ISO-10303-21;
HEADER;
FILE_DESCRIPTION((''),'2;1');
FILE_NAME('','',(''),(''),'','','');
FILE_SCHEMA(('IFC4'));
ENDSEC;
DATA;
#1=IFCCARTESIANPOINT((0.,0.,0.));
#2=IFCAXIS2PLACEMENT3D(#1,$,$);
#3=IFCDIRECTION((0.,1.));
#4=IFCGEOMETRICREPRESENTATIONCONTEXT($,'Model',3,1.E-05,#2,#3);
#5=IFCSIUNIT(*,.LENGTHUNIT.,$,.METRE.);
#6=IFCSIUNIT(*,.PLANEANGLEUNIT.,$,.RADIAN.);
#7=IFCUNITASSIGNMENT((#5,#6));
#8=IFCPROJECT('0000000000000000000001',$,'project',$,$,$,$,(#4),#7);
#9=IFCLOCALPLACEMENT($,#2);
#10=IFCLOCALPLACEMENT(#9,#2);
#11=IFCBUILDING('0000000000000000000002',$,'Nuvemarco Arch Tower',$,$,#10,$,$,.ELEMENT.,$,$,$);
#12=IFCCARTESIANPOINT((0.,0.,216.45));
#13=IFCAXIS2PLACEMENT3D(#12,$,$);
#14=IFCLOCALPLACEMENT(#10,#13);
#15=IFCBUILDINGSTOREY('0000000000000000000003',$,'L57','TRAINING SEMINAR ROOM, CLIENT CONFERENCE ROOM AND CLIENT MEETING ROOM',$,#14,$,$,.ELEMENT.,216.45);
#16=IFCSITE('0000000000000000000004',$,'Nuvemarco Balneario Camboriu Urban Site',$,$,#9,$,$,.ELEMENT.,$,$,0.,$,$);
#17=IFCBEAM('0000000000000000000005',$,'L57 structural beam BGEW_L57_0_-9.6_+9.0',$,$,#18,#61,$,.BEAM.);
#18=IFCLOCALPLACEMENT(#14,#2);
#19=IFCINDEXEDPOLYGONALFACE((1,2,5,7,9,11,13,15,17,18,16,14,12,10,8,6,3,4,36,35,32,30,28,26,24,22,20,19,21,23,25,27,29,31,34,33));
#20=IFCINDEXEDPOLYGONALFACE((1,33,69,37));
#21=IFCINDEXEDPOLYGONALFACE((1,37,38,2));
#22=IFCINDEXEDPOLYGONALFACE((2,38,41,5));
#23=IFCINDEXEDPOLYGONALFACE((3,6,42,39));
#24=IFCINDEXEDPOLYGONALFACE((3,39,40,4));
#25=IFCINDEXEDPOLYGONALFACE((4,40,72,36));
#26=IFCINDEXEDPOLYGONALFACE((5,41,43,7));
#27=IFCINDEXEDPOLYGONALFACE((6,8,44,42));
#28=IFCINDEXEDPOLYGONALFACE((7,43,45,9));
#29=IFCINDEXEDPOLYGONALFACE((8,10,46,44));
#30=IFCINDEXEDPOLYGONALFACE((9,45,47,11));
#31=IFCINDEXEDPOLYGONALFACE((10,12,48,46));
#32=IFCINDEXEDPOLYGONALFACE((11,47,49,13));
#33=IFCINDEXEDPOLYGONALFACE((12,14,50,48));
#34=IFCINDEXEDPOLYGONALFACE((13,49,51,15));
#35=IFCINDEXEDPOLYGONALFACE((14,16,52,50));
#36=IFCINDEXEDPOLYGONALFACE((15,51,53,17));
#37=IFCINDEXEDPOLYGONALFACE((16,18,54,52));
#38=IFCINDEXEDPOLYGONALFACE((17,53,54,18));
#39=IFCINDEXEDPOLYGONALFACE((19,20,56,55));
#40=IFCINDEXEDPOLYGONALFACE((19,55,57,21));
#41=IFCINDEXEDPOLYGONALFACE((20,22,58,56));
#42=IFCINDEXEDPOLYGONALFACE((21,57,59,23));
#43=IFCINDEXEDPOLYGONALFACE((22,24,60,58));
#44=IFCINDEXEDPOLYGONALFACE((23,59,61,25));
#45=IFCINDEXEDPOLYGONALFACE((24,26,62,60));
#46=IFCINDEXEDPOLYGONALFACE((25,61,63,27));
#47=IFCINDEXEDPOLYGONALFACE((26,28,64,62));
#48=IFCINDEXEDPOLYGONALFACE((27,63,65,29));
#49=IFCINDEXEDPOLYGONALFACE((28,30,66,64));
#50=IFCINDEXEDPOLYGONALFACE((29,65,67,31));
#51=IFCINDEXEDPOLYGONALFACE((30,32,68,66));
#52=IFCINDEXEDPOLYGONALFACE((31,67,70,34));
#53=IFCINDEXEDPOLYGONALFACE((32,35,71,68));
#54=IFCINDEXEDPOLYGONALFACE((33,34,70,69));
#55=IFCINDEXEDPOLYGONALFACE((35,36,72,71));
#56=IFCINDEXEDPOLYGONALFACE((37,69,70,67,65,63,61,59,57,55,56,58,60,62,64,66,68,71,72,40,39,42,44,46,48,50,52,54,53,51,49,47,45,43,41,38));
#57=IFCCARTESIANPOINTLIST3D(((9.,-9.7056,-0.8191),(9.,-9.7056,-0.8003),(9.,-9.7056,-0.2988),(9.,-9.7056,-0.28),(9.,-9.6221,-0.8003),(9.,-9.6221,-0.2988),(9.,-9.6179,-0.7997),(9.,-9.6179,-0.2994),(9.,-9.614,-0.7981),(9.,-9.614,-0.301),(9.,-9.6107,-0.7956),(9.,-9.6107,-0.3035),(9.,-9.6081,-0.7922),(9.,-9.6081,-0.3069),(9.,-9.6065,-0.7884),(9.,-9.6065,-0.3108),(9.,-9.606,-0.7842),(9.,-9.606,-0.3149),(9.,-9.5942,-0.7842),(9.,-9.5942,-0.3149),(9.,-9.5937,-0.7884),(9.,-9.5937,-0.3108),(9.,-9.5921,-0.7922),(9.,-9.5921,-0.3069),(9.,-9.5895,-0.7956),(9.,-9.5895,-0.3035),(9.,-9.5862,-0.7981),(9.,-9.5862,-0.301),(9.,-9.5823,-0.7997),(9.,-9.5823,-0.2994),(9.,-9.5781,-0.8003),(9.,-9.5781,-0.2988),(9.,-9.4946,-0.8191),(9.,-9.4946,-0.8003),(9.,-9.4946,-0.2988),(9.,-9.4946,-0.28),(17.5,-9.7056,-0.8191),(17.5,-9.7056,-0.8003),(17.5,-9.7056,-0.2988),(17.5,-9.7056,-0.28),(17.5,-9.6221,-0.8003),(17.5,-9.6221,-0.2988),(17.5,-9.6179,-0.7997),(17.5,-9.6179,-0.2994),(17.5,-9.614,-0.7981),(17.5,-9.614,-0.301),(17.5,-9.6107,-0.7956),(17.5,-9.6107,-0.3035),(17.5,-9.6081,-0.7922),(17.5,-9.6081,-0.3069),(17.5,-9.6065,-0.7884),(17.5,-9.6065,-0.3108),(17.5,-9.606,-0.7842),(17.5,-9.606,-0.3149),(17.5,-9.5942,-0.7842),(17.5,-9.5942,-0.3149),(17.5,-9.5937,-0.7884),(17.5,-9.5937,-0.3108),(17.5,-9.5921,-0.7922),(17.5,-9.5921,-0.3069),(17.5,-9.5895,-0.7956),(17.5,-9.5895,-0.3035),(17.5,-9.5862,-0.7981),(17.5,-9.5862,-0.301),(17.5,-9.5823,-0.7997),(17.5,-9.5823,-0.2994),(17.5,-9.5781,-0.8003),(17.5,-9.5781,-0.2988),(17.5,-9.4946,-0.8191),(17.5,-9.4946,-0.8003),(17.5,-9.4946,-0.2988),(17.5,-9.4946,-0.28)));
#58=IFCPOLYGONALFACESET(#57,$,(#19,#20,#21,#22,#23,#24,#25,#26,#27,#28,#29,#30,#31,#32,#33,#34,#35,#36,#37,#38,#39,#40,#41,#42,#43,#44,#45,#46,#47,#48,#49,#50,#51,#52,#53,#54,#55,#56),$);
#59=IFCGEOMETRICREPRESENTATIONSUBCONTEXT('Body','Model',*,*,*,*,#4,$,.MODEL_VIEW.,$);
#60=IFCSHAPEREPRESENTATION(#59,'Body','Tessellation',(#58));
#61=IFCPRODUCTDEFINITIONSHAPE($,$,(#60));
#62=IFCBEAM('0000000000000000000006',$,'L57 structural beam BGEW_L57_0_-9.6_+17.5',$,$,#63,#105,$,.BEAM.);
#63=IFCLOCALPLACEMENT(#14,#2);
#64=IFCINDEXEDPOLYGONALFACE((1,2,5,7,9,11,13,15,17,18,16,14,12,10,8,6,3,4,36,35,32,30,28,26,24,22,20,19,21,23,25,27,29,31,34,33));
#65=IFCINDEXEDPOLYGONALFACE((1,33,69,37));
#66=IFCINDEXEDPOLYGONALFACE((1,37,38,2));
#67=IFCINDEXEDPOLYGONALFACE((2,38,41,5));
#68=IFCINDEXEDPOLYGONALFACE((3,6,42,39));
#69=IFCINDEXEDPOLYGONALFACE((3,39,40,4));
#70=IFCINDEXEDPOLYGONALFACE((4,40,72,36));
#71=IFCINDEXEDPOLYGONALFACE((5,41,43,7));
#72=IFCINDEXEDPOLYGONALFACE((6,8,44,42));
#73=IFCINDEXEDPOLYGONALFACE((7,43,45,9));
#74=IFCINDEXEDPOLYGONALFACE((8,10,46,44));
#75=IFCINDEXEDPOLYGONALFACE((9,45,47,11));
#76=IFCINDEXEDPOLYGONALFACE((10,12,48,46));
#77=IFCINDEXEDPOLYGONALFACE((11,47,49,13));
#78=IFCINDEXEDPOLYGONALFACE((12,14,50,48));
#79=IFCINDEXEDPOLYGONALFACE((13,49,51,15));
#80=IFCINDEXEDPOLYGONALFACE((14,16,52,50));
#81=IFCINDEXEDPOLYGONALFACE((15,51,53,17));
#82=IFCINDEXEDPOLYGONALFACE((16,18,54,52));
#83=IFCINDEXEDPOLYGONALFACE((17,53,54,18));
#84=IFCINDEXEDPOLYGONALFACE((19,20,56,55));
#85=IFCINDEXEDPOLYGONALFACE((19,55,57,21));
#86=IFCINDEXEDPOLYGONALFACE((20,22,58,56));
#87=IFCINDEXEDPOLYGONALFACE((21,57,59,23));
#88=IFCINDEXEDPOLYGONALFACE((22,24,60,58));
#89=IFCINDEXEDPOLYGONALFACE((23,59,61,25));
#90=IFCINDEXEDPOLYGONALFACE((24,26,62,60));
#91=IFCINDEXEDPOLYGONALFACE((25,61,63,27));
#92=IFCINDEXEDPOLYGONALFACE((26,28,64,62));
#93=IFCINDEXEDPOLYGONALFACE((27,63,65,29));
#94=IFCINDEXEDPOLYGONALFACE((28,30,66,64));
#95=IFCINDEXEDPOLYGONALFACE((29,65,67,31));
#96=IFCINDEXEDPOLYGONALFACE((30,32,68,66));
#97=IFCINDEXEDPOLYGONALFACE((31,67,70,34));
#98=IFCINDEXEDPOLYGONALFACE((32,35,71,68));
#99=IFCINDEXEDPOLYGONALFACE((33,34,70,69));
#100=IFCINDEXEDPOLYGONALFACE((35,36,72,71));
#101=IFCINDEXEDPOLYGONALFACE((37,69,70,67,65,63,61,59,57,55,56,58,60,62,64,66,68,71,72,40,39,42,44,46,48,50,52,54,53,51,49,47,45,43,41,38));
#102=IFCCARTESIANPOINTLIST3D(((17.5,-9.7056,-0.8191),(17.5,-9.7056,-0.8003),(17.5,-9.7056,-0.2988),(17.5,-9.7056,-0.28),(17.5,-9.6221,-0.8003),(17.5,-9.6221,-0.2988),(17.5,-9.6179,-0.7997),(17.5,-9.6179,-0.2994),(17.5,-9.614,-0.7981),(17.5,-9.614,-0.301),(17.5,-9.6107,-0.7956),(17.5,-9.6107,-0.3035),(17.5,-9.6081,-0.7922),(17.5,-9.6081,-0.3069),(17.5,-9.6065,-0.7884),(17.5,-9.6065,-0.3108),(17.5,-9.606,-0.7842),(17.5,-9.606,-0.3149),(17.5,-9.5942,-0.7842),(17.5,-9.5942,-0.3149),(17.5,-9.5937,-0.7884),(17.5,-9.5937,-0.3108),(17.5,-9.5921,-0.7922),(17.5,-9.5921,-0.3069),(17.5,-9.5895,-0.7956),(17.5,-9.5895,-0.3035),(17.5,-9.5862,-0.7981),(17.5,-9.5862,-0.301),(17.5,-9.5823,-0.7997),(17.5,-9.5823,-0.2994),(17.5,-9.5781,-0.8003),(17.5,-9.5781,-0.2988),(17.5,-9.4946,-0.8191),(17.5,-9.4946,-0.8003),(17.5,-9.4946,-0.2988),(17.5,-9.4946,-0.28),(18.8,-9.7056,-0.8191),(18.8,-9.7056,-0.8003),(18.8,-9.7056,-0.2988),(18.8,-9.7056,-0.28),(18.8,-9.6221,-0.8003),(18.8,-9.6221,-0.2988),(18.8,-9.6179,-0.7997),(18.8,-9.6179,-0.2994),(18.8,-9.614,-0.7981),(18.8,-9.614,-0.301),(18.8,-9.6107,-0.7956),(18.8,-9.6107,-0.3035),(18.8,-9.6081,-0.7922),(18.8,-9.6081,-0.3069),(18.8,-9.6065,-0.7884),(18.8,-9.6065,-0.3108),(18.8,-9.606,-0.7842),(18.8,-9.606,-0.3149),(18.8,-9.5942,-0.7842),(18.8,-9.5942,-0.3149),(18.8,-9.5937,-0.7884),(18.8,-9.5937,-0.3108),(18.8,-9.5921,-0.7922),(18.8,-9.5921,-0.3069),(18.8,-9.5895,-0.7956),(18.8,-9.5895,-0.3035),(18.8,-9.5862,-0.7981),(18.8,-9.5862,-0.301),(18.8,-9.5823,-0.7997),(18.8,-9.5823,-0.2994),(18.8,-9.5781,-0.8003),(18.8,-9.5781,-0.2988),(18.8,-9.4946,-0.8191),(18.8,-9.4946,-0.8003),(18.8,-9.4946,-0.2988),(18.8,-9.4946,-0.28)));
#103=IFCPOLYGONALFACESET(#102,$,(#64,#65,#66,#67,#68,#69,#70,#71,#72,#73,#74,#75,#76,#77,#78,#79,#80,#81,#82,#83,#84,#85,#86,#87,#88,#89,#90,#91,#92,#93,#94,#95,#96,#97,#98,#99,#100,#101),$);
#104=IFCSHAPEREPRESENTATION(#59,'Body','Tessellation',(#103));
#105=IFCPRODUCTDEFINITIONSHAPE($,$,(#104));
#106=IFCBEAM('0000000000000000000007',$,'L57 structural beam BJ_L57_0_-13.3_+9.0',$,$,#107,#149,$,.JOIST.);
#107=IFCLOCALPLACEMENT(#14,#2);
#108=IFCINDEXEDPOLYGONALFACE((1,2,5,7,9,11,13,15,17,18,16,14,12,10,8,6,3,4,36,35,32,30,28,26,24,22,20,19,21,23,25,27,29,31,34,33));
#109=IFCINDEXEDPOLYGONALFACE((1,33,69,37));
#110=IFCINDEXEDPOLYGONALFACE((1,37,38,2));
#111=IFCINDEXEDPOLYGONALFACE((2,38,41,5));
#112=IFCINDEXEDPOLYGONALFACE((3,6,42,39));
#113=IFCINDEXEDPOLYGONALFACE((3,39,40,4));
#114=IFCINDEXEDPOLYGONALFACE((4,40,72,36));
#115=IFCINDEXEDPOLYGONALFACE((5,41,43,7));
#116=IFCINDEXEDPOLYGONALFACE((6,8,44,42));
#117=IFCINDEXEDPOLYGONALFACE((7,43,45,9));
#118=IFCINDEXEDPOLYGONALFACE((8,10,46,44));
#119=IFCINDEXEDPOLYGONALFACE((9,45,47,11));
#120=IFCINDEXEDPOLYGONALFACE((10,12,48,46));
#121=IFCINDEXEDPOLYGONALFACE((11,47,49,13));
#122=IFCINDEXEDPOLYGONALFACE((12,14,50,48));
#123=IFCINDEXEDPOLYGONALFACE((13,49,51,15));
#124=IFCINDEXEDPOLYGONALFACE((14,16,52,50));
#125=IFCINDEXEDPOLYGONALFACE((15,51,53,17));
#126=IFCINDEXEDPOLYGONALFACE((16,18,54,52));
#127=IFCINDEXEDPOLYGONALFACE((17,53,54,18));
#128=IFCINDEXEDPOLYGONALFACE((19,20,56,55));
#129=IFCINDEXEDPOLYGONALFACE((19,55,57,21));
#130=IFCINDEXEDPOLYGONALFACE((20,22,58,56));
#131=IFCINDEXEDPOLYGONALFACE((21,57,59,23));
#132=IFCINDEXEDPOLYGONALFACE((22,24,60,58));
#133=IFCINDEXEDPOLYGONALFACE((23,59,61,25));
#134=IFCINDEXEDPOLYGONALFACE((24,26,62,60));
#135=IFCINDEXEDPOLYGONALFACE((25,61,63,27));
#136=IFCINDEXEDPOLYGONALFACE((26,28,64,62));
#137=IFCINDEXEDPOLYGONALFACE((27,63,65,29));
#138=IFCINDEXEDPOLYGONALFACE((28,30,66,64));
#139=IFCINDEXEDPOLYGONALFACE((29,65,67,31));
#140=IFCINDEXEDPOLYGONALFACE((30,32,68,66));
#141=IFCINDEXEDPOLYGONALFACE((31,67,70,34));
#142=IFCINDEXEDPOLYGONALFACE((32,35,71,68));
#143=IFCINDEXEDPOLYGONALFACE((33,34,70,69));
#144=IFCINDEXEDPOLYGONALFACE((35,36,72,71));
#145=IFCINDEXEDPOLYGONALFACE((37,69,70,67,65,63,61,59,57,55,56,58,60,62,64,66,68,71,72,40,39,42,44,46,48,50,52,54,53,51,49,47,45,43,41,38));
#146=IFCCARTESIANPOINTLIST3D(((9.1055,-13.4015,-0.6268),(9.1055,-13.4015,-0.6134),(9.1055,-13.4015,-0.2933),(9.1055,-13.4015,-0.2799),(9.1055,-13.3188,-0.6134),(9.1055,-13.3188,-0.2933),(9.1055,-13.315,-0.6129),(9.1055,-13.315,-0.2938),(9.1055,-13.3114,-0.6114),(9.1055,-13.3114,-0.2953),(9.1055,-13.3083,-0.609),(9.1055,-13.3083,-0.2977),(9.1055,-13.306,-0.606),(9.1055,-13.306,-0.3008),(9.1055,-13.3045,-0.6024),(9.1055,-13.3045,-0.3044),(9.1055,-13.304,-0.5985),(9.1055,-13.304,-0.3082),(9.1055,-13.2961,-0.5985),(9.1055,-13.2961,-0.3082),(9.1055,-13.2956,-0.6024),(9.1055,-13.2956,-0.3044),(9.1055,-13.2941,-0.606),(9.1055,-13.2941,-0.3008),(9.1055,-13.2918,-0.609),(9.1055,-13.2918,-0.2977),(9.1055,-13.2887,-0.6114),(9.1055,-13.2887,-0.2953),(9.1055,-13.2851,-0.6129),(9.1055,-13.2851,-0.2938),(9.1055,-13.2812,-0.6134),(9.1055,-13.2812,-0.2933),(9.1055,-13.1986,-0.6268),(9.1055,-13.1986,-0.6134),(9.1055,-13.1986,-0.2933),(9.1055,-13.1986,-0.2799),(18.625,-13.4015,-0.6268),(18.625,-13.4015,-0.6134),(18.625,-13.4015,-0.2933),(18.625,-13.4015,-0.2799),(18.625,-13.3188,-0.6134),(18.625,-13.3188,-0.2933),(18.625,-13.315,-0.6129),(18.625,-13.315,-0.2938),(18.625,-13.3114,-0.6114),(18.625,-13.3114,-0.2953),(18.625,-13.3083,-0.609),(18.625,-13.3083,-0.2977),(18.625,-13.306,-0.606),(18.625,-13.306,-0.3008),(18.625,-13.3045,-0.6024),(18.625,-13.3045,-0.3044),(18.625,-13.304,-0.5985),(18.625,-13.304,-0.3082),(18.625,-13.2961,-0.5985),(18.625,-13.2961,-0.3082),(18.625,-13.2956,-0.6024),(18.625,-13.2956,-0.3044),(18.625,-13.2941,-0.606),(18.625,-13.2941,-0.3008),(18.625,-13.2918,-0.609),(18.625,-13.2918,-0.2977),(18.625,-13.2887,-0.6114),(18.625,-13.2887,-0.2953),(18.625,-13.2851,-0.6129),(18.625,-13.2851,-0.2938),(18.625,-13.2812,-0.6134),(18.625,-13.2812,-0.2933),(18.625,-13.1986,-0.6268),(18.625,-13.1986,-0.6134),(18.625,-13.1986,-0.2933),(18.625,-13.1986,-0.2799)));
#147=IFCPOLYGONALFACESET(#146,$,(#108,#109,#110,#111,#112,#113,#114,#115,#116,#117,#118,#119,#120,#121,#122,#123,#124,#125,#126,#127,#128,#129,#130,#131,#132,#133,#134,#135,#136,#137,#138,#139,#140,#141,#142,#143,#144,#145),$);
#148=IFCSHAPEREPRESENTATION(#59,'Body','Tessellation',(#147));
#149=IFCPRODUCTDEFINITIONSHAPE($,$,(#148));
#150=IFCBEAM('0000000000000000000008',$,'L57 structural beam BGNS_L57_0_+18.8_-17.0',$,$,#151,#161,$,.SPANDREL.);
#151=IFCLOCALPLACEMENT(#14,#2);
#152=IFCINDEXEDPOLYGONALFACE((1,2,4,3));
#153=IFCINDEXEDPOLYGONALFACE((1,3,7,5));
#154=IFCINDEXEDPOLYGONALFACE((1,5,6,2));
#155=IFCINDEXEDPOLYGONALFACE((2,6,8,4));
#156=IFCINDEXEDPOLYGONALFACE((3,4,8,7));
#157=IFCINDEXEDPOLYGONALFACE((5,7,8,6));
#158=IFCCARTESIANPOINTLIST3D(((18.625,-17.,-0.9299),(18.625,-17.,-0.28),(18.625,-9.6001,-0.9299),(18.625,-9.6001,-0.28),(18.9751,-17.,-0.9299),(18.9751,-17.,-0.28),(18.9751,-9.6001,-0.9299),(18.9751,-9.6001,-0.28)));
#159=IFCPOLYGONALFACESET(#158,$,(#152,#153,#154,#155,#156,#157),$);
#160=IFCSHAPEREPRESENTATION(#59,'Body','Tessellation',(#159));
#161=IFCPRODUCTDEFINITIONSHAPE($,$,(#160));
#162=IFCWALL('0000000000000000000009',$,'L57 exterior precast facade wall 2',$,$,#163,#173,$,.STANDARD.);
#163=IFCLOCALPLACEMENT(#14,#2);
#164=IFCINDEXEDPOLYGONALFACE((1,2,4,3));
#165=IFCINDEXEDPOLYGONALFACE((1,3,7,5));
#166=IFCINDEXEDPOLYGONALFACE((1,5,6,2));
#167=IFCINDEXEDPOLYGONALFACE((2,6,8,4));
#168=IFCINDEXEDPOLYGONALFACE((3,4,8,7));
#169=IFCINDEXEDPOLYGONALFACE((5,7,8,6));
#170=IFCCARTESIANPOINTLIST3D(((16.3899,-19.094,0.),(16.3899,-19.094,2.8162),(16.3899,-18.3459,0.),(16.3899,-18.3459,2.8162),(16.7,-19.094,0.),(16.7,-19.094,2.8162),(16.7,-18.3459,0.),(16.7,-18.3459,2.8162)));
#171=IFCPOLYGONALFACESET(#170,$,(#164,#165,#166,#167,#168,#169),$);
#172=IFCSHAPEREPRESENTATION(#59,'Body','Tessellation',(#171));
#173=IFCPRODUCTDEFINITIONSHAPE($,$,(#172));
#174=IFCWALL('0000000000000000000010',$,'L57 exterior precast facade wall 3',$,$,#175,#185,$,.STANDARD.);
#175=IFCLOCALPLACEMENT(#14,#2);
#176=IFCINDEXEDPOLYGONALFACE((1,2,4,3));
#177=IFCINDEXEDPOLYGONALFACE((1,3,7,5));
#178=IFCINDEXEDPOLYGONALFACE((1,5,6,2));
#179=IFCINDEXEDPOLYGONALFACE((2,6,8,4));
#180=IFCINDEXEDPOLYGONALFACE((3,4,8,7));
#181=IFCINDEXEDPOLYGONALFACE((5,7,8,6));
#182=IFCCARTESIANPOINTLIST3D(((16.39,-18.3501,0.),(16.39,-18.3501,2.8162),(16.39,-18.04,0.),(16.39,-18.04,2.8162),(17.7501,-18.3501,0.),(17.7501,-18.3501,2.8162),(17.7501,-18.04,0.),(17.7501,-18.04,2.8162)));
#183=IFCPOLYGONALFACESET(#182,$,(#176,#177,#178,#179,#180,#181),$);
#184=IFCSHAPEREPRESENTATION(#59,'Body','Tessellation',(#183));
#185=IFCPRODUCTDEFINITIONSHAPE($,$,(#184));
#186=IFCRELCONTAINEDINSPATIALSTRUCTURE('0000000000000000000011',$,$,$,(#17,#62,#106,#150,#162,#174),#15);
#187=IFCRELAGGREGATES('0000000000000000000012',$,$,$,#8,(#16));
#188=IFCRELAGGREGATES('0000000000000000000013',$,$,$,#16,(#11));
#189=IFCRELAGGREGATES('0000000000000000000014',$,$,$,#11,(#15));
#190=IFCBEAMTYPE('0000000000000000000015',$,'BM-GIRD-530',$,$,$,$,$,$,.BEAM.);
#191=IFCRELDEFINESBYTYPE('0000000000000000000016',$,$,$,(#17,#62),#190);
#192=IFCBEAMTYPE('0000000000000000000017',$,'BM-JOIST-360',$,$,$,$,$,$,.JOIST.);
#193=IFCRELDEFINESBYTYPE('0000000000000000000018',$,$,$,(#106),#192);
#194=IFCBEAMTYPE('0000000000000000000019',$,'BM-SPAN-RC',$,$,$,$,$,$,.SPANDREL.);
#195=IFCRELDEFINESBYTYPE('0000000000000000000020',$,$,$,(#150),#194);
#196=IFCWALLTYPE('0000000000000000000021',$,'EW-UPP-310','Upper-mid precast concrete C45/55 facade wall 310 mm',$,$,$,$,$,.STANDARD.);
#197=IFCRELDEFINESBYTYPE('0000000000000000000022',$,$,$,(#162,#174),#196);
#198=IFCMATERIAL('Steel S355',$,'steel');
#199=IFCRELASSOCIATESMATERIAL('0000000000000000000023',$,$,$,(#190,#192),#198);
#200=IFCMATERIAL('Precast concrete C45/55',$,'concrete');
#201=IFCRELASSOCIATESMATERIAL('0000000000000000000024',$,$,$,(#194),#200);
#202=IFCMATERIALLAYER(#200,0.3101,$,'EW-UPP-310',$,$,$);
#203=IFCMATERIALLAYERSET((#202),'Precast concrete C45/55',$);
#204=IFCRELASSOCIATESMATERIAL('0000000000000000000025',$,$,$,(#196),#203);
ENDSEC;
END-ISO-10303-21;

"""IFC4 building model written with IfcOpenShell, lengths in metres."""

from ifc_helpers import new_model, si_unit, direction, frame, frame_2d, origin, origin_2d, place, context, subcontext, project, spatial, rectangle, i_section, extrude, material, layer, layer_set, material_profile, profile_set, type_object, element, save


model = new_model("IFC4")

# Units and contexts
model_context = context("Model", 3, precision=1e-05, world=origin(), true_north=direction((0.0, 1.0)))
body_context = subcontext(model_context, "Body", "Model", "MODEL_VIEW")
ifc_project = project(units=[si_unit("LENGTHUNIT", "METRE"), si_unit("PLANEANGLEUNIT", "RADIAN")], contexts=[model_context])

# Site, building, storey
site_placement = place(None, origin())
site = spatial("IfcSite", under=ifc_project, at=site_placement, Name="Nuvemarco Balneario Camboriu Urban Site", CompositionType="ELEMENT", RefElevation=0.0)
building_placement = place(site_placement, origin())
building = spatial("IfcBuilding", under=site, at=building_placement, Name="Nuvemarco Arch Tower", CompositionType="ELEMENT")
storey_placement = place(building_placement, frame((0.0, 0.0, 216.45)))
storey = spatial("IfcBuildingStorey", under=building, at=storey_placement, Name="L57", Description="TRAINING SEMINAR ROOM, CLIENT CONFERENCE ROOM AND CLIENT MEETING ROOM", CompositionType="ELEMENT", Elevation=216.45)

# Shared definitions
ifc_material_1 = material(Name="Steel S355", Category="steel")

# Beams
ifc_material_profile_1 = material_profile(ifc_material_1, i_section(OverallWidth=0.2109, OverallDepth=0.5391, WebThickness=0.0117, FlangeThickness=0.0188, FilletRadius=0.0161, at=origin_2d()), Name="W530x109")
ifc_profile_set_1 = profile_set([ifc_material_profile_1], Name="Steel S355")
beam_type_1 = type_object("IfcBeamType", Name="BM-GIRD-530", PredefinedType="BEAM", material=ifc_profile_set_1)
beam_1_placement = place(storey_placement, frame((9.0, -9.6001, -0.5496), z_axis=(1.0, 0.0, 0.0), x_axis=(0.0, 1.0, 0.0)))
element("IfcBeam", 1, at=beam_1_placement, inside=storey, type_object=beam_type_1, Name="L57 structural beam BGEW_L57_0_-9.6_+9.0", PredefinedType="BEAM", context=body_context, shape_type="SweptSolid", body=[
    extrude(i_section(OverallWidth=0.2109, OverallDepth=0.5391, WebThickness=0.0117, FlangeThickness=0.0188, FilletRadius=0.0161, at=origin_2d()), origin(), (0.0, 0.0, 1.0), 8.5),
])
beam_2_placement = place(storey_placement, frame((17.5, -9.6001, -0.5496), z_axis=(1.0, 0.0, 0.0), x_axis=(0.0, 1.0, 0.0)))
element("IfcBeam", 2, at=beam_2_placement, inside=storey, type_object=beam_type_1, Name="L57 structural beam BGEW_L57_0_-9.6_+17.5", PredefinedType="BEAM", context=body_context, shape_type="SweptSolid", body=[
    extrude(i_section(OverallWidth=0.2109, OverallDepth=0.5391, WebThickness=0.0117, FlangeThickness=0.0188, FilletRadius=0.0161, at=origin_2d()), origin(), (0.0, 0.0, 1.0), 1.3),
])
ifc_material_profile_2 = material_profile(ifc_material_1, i_section(OverallWidth=0.2029, OverallDepth=0.3469, WebThickness=0.0078, FlangeThickness=0.0134, FilletRadius=0.0149, at=origin_2d()), Name="W360x64")
ifc_profile_set_2 = profile_set([ifc_material_profile_2], Name="Steel S355")
beam_type_2 = type_object("IfcBeamType", Name="BM-JOIST-360", PredefinedType="JOIST", material=ifc_profile_set_2)
beam_3_placement = place(storey_placement, frame((9.1055, -13.3, -0.4534), z_axis=(1.0, 0.0, 0.0), x_axis=(0.0, 1.0, 0.0)))
element("IfcBeam", 3, at=beam_3_placement, inside=storey, type_object=beam_type_2, Name="L57 structural beam BJ_L57_0_-13.3_+9.0", PredefinedType="JOIST", context=body_context, shape_type="SweptSolid", body=[
    extrude(i_section(OverallWidth=0.2029, OverallDepth=0.3469, WebThickness=0.0078, FlangeThickness=0.0134, FilletRadius=0.0149, at=origin_2d()), origin(), (0.0, 0.0, 1.0), 9.5195),
])
ifc_material_2 = material(Name="Precast concrete C45/55", Category="concrete")
ifc_material_profile_3 = material_profile(ifc_material_2, rectangle(XDim=0.3501, YDim=0.6499, at=origin_2d()), Name="PC-SP-350x650")
ifc_profile_set_3 = profile_set([ifc_material_profile_3], Name="Precast concrete C45/55")
beam_type_3 = type_object("IfcBeamType", Name="BM-SPAN-RC", PredefinedType="SPANDREL", material=ifc_profile_set_3)
beam_4_placement = place(storey_placement, frame((18.8, -17.0, -0.605), z_axis=(0.0, 1.0, 0.0), x_axis=(-1.0, 0.0, 0.0)))
element("IfcBeam", 4, at=beam_4_placement, inside=storey, type_object=beam_type_3, Name="L57 structural beam BGNS_L57_0_+18.8_-17.0", PredefinedType="SPANDREL", context=body_context, shape_type="SweptSolid", body=[
    extrude(rectangle(XDim=0.3501, YDim=0.6499, at=origin_2d()), origin(), (0.0, 0.0, 1.0), 7.3999),
])

# Walls
ifc_layer = layer(ifc_material_2, 0.3101, Name="EW-UPP-310")
ifc_layer_set = layer_set([ifc_layer], Name="Precast concrete C45/55")
wall_type = type_object("IfcWallType", Name="EW-UPP-310", Description="Upper-mid precast concrete C45/55 facade wall 310 mm", PredefinedType="STANDARD", material=ifc_layer_set)
wall_1_placement = place(storey_placement, frame((16.5449, -19.094, 0.0), z_axis=(0.0, 0.0, 1.0), x_axis=(0.0, 1.0, 0.0)))
element("IfcWall", 5, at=wall_1_placement, inside=storey, type_object=wall_type, Name="L57 exterior precast facade wall 2", PredefinedType="STANDARD", context=body_context, shape_type="SweptSolid", body=[
    extrude(rectangle(XDim=0.748, YDim=0.3101, at=frame_2d((0.374, 0.0))), origin(), (0.0, 0.0, 1.0), 2.8162),
])
wall_2_placement = place(storey_placement, frame((16.3899, -18.1951, 0.0), z_axis=(0.0, 0.0, 1.0), x_axis=(1.0, 0.0, 0.0)))
element("IfcWall", 6, at=wall_2_placement, inside=storey, type_object=wall_type, Name="L57 exterior precast facade wall 3", PredefinedType="STANDARD", context=body_context, shape_type="SweptSolid", body=[
    extrude(rectangle(XDim=1.3601, YDim=0.3101, at=frame_2d((0.6802, 0.0))), origin(), (0.0, 0.0, 1.0), 2.8162),
])

save(model, "model.ifc")
